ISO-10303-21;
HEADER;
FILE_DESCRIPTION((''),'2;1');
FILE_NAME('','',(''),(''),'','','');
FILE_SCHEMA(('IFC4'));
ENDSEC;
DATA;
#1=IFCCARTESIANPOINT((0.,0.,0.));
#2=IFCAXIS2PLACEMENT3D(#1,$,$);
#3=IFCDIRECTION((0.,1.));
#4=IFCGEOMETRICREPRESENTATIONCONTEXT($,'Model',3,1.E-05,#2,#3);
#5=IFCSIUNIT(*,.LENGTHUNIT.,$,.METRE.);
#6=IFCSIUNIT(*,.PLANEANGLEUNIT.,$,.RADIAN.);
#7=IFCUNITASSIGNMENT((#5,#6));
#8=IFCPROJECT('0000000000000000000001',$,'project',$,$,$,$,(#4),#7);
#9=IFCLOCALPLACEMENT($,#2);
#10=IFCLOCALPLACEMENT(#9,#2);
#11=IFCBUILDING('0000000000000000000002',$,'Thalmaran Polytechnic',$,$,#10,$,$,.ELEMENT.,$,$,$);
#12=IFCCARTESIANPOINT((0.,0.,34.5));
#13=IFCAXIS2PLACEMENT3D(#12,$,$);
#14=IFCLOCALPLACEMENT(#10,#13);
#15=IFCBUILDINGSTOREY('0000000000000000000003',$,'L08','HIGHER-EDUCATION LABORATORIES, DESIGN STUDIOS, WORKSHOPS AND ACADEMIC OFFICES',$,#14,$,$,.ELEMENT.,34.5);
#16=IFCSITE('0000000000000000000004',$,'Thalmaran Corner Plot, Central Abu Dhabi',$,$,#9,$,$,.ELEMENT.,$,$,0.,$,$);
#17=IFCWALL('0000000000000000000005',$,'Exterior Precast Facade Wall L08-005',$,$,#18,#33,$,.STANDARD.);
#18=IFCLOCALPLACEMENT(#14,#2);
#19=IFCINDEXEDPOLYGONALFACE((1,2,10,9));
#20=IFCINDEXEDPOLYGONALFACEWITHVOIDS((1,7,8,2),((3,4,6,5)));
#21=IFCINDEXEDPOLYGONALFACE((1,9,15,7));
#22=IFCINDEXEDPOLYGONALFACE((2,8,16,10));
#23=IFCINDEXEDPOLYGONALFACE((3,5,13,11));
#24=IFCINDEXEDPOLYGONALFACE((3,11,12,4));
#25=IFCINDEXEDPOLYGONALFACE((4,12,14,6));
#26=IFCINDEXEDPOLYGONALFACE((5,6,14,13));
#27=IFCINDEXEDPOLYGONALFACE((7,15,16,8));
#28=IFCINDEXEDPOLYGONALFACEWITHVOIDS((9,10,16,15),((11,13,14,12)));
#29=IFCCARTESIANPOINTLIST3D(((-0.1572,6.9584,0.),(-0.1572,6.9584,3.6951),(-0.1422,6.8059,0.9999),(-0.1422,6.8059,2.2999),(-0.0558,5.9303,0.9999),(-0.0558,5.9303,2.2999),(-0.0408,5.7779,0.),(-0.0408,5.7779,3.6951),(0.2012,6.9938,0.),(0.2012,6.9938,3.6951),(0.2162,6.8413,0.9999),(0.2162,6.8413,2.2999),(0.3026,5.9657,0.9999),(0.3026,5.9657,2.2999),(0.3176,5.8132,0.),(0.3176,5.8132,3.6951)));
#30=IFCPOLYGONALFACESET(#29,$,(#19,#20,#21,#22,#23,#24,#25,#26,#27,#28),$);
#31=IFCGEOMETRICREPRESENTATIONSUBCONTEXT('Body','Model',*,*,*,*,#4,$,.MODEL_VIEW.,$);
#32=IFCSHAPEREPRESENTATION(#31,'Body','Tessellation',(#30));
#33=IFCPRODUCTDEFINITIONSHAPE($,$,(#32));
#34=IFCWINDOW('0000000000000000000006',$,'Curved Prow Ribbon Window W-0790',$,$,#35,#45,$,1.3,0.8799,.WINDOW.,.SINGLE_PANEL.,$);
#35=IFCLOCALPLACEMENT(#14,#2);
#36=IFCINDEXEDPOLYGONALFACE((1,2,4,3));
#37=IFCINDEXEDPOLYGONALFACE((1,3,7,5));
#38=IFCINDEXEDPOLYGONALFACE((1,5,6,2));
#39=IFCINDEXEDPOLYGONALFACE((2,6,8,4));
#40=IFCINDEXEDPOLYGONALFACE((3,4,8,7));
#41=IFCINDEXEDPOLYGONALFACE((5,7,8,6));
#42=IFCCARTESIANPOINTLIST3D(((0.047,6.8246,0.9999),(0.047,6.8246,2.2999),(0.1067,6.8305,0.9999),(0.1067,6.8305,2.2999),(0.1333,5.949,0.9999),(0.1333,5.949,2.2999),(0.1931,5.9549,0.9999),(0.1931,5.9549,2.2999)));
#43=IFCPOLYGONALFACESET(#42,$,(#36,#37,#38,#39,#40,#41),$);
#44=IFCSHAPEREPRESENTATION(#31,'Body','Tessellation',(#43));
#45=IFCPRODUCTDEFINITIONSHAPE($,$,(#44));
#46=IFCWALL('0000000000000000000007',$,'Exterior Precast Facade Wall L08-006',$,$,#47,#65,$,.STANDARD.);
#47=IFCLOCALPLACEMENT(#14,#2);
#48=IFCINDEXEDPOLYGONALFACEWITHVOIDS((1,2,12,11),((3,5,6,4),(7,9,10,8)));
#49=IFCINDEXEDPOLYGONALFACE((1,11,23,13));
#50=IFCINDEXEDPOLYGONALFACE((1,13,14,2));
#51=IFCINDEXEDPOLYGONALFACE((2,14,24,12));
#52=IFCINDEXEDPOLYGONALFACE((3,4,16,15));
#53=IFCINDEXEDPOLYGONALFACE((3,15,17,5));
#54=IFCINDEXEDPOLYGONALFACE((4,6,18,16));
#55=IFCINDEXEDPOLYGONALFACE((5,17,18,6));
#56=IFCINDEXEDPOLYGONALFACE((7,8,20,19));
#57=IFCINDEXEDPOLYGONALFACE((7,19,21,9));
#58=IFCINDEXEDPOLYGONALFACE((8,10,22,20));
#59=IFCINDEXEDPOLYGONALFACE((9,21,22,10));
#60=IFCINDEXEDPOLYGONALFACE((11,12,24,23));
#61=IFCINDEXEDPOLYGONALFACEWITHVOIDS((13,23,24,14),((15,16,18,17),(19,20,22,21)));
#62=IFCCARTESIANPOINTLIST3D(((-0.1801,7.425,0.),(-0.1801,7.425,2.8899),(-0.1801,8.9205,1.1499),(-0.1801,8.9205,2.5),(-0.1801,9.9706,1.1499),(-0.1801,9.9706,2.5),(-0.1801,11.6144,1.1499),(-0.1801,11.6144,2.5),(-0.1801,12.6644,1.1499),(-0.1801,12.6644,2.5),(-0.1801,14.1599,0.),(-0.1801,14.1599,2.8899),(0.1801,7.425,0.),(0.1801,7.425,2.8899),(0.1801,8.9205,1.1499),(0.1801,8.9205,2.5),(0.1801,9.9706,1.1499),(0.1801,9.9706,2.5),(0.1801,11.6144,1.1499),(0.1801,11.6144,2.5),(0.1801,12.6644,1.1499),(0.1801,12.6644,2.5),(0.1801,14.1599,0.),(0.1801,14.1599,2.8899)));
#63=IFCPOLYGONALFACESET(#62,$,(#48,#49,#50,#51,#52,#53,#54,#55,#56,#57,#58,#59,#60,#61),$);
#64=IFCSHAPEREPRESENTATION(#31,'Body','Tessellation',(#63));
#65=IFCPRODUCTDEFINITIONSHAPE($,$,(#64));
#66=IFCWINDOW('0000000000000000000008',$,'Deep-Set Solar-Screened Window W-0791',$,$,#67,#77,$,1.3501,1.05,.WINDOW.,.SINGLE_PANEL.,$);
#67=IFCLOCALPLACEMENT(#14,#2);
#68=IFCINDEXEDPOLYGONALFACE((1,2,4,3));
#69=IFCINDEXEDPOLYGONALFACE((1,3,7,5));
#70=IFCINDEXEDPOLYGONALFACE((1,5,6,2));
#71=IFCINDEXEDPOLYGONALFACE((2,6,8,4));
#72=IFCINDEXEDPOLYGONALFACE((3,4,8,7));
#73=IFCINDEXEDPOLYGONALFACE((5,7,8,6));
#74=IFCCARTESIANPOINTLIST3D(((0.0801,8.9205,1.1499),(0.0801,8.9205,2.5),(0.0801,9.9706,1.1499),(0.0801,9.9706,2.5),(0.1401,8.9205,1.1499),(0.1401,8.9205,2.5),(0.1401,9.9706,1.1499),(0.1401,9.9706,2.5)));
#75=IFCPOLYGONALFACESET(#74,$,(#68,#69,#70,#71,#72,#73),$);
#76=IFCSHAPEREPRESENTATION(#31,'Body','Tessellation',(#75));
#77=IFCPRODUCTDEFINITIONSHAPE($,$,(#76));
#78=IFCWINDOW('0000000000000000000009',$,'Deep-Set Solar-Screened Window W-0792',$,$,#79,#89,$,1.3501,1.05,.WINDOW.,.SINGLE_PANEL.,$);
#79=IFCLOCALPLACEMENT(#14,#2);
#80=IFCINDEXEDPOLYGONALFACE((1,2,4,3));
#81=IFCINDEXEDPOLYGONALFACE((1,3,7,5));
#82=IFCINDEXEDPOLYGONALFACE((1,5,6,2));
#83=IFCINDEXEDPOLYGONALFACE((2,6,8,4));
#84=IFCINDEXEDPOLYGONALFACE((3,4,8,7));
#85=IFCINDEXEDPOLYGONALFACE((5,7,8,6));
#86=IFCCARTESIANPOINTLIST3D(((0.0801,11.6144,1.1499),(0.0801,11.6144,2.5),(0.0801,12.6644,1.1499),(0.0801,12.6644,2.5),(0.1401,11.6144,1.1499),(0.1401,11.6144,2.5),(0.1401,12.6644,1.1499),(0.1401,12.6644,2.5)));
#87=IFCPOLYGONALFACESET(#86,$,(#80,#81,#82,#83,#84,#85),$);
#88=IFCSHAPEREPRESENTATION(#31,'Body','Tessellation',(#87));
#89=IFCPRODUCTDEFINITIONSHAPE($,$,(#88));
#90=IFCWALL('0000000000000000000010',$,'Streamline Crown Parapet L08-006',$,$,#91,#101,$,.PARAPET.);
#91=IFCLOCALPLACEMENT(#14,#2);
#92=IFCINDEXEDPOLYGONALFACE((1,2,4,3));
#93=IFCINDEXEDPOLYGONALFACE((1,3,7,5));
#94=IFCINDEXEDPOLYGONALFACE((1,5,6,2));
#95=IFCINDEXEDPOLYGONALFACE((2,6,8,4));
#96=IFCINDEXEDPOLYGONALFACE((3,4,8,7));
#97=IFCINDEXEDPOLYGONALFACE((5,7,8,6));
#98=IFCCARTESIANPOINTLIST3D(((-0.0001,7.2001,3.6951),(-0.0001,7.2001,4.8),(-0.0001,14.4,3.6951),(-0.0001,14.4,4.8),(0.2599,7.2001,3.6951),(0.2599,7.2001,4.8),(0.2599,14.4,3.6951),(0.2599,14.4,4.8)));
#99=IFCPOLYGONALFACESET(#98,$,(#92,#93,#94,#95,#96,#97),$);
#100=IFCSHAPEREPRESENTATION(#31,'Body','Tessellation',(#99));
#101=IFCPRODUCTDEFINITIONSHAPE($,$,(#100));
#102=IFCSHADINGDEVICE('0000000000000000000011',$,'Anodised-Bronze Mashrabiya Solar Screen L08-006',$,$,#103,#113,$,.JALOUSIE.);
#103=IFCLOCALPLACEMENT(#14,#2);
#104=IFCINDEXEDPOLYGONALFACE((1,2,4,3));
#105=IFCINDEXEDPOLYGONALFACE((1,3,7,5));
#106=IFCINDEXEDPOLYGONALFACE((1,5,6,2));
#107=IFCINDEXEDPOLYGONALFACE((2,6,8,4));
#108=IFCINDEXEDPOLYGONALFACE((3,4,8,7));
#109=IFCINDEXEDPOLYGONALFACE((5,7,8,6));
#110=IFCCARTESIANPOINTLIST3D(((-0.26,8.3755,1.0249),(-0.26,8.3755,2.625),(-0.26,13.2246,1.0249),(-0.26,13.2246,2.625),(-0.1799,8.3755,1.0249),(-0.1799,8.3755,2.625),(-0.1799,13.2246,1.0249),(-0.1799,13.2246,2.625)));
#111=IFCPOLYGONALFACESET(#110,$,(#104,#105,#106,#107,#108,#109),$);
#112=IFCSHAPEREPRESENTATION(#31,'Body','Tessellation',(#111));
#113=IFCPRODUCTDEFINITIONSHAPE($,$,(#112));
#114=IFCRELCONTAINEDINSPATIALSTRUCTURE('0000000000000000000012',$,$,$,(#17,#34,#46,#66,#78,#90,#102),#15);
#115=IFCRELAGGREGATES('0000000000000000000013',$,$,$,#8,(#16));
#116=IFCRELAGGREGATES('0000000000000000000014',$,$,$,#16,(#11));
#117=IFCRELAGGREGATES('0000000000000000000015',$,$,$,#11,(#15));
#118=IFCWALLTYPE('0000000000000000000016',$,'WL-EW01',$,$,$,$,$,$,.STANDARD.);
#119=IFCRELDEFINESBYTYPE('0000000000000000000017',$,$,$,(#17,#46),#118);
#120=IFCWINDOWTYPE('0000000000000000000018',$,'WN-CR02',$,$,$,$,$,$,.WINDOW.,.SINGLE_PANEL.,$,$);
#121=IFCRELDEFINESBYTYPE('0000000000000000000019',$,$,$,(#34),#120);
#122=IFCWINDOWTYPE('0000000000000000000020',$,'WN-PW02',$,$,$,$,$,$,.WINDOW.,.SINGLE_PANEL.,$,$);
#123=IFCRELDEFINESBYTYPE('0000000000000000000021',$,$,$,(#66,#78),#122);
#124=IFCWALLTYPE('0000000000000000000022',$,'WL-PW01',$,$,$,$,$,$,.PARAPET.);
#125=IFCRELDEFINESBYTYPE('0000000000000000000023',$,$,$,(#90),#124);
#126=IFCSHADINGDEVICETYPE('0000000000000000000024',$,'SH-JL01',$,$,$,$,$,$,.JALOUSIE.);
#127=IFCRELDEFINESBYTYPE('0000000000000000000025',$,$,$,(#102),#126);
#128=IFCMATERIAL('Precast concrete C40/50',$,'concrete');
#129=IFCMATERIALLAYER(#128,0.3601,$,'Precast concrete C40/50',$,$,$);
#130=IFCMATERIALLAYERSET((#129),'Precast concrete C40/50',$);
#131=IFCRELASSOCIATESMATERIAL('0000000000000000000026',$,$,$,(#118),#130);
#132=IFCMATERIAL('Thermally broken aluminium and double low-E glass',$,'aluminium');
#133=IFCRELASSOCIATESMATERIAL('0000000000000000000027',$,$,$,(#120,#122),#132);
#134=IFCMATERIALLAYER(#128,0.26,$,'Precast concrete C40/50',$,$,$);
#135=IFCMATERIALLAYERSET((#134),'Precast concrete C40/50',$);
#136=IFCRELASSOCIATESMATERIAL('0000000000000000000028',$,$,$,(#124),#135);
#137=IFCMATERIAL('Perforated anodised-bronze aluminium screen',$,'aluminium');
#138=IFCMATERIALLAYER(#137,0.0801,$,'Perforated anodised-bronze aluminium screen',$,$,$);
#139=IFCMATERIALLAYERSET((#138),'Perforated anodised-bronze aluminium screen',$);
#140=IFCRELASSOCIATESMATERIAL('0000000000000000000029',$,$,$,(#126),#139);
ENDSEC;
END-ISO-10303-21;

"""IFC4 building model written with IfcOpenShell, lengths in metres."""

from ifc_helpers import new_model, si_unit, direction, frame, frame_2d, origin, origin_2d, place, context, subcontext, project, spatial, rectangle, extrude, material, layer, layer_set, type_object, element, fill, save


model = new_model("IFC4")

# Units and contexts
model_context = context("Model", 3, precision=1e-05, world=origin(), true_north=direction((0.0, 1.0)))
body_context = subcontext(model_context, "Body", "Model", "MODEL_VIEW")
ifc_project = project(units=[si_unit("LENGTHUNIT", "METRE"), si_unit("PLANEANGLEUNIT", "RADIAN")], contexts=[model_context])

# Site, building, storey
site_placement = place(None, origin())
site = spatial("IfcSite", under=ifc_project, at=site_placement, Name="Thalmaran Corner Plot, Central Abu Dhabi", CompositionType="ELEMENT", RefElevation=0.0)
building_placement = place(site_placement, origin())
building = spatial("IfcBuilding", under=site, at=building_placement, Name="Thalmaran Polytechnic", CompositionType="ELEMENT")
storey_placement = place(building_placement, frame((0.0, 0.0, 34.5)))
storey = spatial("IfcBuildingStorey", under=building, at=storey_placement, Name="L08", Description="HIGHER-EDUCATION LABORATORIES, DESIGN STUDIOS, WORKSHOPS AND ACADEMIC OFFICES", CompositionType="ELEMENT", Elevation=34.5)

# Wall, opening, window
ifc_material_1 = material(Name="Precast concrete C40/50", Category="concrete")
ifc_layer_1 = layer(ifc_material_1, 0.3601, Name="Precast concrete C40/50")
ifc_layer_set_1 = layer_set([ifc_layer_1], Name="Precast concrete C40/50")
wall_type_1 = type_object("IfcWallType", Name="WL-EW01", PredefinedType="STANDARD", material=ifc_layer_set_1)
ifc_material_2 = material(Name="Thermally broken aluminium and double low-E glass", Category="aluminium")
wall_1_placement = place(storey_placement, frame((0.1384, 5.7954, 0.0), z_axis=(0.0, 0.0, 1.0), x_axis=(-0.098159, 0.995171, 0.0)))
wall_1 = element("IfcWall", 1, at=wall_1_placement, inside=storey, type_object=wall_type_1, Name="Exterior Precast Facade Wall L08-005", PredefinedType="STANDARD", context=body_context, shape_type="SweptSolid", body=[
    extrude(rectangle(XDim=1.1863, YDim=0.3601, at=frame_2d((0.5933, 0.0))), origin(), (0.0, 0.0, 1.0), 3.6951),
])
opening_1_placement = place(wall_1_placement, frame((0.1533, 0.0, 1.0)))
opening_1 = element("IfcOpeningElement", 2, at=opening_1_placement, cuts=wall_1, PredefinedType="OPENING", context=body_context, shape_type="SweptSolid", body=[
    extrude(rectangle(XDim=0.8799, YDim=1.3, at=frame_2d((0.4399, 0.6499))), frame((0.0, 0.1899, 0.0), z_axis=(0.0, -1.0, 0.0), x_axis=(1.0, 0.0, 0.0)), (0.0, 0.0, 1.0), 0.3801),
])
window_type_1 = type_object("IfcWindowType", Name="WN-CR02", PartitioningType="SINGLE_PANEL", PredefinedType="WINDOW", material=ifc_material_2)
window_1_placement = place(opening_1_placement, origin())
window_1 = element("IfcWindow", 3, at=window_1_placement, inside=storey, type_object=window_type_1, Name="Curved Prow Ribbon Window W-0790", OverallHeight=1.3, OverallWidth=0.8799, PartitioningType="SINGLE_PANEL", PredefinedType="WINDOW", context=body_context, shape_type="SweptSolid", body=[
    extrude(rectangle(XDim=0.8799, YDim=1.3, at=frame_2d((0.4399, 0.6499))), frame((0.0, -0.01, 0.0), z_axis=(0.0, -1.0, 0.0), x_axis=(1.0, 0.0, 0.0)), (0.0, 0.0, 1.0), 0.0601),
])
fill(opening_1, window_1)

# Wall, openings, windows
wall_2_placement = place(storey_placement, frame((0.0, 7.425, 0.0), z_axis=(0.0, 0.0, 1.0), x_axis=(0.0, 1.0, 0.0)))
wall_2 = element("IfcWall", 4, at=wall_2_placement, inside=storey, type_object=wall_type_1, Name="Exterior Precast Facade Wall L08-006", PredefinedType="STANDARD", context=body_context, shape_type="SweptSolid", body=[
    extrude(rectangle(XDim=6.7349, YDim=0.3601, at=frame_2d((3.3674, 0.0))), origin(), (0.0, 0.0, 1.0), 2.8899),
])
opening_2_placement = place(wall_2_placement, frame((1.4956, 0.0, 1.1499)))
opening_2 = element("IfcOpeningElement", 5, at=opening_2_placement, cuts=wall_2, PredefinedType="OPENING", context=body_context, shape_type="SweptSolid", body=[
    extrude(rectangle(XDim=1.05, YDim=1.3501, at=frame_2d((0.5249, 0.675))), frame((0.0, 0.1899, 0.0), z_axis=(0.0, -1.0, 0.0), x_axis=(1.0, 0.0, 0.0)), (0.0, 0.0, 1.0), 0.3801),
])
opening_3_placement = place(wall_2_placement, frame((4.1895, 0.0, 1.1499)))
opening_3 = element("IfcOpeningElement", 6, at=opening_3_placement, cuts=wall_2, PredefinedType="OPENING", context=body_context, shape_type="SweptSolid", body=[
    extrude(rectangle(XDim=1.05, YDim=1.3501, at=frame_2d((0.5249, 0.675))), frame((0.0, 0.1899, 0.0), z_axis=(0.0, -1.0, 0.0), x_axis=(1.0, 0.0, 0.0)), (0.0, 0.0, 1.0), 0.3801),
])
window_type_2 = type_object("IfcWindowType", Name="WN-PW02", PartitioningType="SINGLE_PANEL", PredefinedType="WINDOW", material=ifc_material_2)
window_2_placement = place(opening_2_placement, origin())
window_2 = element("IfcWindow", 7, at=window_2_placement, inside=storey, type_object=window_type_2, Name="Deep-Set Solar-Screened Window W-0791", OverallHeight=1.3501, OverallWidth=1.05, PartitioningType="SINGLE_PANEL", PredefinedType="WINDOW", context=body_context, shape_type="SweptSolid", body=[
    extrude(rectangle(XDim=1.05, YDim=1.3501, at=frame_2d((0.5249, 0.675))), frame((0.0, -0.0801, 0.0), z_axis=(0.0, -1.0, 0.0), x_axis=(1.0, 0.0, 0.0)), (0.0, 0.0, 1.0), 0.0601),
])
fill(opening_2, window_2)
window_3_placement = place(opening_3_placement, origin())
window_3 = element("IfcWindow", 8, at=window_3_placement, inside=storey, type_object=window_type_2, Name="Deep-Set Solar-Screened Window W-0792", OverallHeight=1.3501, OverallWidth=1.05, PartitioningType="SINGLE_PANEL", PredefinedType="WINDOW", context=body_context, shape_type="SweptSolid", body=[
    extrude(rectangle(XDim=1.05, YDim=1.3501, at=frame_2d((0.5249, 0.675))), frame((0.0, -0.0801, 0.0), z_axis=(0.0, -1.0, 0.0), x_axis=(1.0, 0.0, 0.0)), (0.0, 0.0, 1.0), 0.0601),
])
fill(opening_3, window_3)

# Wall
ifc_layer_2 = layer(ifc_material_1, 0.26, Name="Precast concrete C40/50")
ifc_layer_set_2 = layer_set([ifc_layer_2], Name="Precast concrete C40/50")
wall_type_2 = type_object("IfcWallType", Name="WL-PW01", PredefinedType="PARAPET", material=ifc_layer_set_2)
wall_3_placement = place(storey_placement, frame((0.1299, 7.2, 3.6951), z_axis=(0.0, 0.0, 1.0), x_axis=(0.0, 1.0, 0.0)))
element("IfcWall", 9, at=wall_3_placement, inside=storey, type_object=wall_type_2, Name="Streamline Crown Parapet L08-006", PredefinedType="PARAPET", context=body_context, shape_type="SweptSolid", body=[
    extrude(rectangle(XDim=7.2, YDim=0.26, at=frame_2d((3.6001, 0.0))), origin(), (0.0, 0.0, 1.0), 1.105),
])

# Shading device
ifc_material_3 = material(Name="Perforated anodised-bronze aluminium screen", Category="aluminium")
ifc_layer_3 = layer(ifc_material_3, 0.0801, Name="Perforated anodised-bronze aluminium screen")
ifc_layer_set_3 = layer_set([ifc_layer_3], Name="Perforated anodised-bronze aluminium screen")
shading_device_type = type_object("IfcShadingDeviceType", Name="SH-JL01", PredefinedType="JALOUSIE", material=ifc_layer_set_3)
shading_device_placement = place(storey_placement, frame((-0.22, 10.8, 1.0249), z_axis=(0.0, 0.0, 1.0), x_axis=(0.0, 1.0, 0.0)))
element("IfcShadingDevice", 10, at=shading_device_placement, inside=storey, type_object=shading_device_type, Name="Anodised-Bronze Mashrabiya Solar Screen L08-006", PredefinedType="JALOUSIE", context=body_context, shape_type="SweptSolid", body=[
    extrude(rectangle(XDim=4.8491, YDim=0.0801, at=origin_2d()), origin(), (0.0, 0.0, 1.0), 1.6001),
])

save(model, "model.ifc")
